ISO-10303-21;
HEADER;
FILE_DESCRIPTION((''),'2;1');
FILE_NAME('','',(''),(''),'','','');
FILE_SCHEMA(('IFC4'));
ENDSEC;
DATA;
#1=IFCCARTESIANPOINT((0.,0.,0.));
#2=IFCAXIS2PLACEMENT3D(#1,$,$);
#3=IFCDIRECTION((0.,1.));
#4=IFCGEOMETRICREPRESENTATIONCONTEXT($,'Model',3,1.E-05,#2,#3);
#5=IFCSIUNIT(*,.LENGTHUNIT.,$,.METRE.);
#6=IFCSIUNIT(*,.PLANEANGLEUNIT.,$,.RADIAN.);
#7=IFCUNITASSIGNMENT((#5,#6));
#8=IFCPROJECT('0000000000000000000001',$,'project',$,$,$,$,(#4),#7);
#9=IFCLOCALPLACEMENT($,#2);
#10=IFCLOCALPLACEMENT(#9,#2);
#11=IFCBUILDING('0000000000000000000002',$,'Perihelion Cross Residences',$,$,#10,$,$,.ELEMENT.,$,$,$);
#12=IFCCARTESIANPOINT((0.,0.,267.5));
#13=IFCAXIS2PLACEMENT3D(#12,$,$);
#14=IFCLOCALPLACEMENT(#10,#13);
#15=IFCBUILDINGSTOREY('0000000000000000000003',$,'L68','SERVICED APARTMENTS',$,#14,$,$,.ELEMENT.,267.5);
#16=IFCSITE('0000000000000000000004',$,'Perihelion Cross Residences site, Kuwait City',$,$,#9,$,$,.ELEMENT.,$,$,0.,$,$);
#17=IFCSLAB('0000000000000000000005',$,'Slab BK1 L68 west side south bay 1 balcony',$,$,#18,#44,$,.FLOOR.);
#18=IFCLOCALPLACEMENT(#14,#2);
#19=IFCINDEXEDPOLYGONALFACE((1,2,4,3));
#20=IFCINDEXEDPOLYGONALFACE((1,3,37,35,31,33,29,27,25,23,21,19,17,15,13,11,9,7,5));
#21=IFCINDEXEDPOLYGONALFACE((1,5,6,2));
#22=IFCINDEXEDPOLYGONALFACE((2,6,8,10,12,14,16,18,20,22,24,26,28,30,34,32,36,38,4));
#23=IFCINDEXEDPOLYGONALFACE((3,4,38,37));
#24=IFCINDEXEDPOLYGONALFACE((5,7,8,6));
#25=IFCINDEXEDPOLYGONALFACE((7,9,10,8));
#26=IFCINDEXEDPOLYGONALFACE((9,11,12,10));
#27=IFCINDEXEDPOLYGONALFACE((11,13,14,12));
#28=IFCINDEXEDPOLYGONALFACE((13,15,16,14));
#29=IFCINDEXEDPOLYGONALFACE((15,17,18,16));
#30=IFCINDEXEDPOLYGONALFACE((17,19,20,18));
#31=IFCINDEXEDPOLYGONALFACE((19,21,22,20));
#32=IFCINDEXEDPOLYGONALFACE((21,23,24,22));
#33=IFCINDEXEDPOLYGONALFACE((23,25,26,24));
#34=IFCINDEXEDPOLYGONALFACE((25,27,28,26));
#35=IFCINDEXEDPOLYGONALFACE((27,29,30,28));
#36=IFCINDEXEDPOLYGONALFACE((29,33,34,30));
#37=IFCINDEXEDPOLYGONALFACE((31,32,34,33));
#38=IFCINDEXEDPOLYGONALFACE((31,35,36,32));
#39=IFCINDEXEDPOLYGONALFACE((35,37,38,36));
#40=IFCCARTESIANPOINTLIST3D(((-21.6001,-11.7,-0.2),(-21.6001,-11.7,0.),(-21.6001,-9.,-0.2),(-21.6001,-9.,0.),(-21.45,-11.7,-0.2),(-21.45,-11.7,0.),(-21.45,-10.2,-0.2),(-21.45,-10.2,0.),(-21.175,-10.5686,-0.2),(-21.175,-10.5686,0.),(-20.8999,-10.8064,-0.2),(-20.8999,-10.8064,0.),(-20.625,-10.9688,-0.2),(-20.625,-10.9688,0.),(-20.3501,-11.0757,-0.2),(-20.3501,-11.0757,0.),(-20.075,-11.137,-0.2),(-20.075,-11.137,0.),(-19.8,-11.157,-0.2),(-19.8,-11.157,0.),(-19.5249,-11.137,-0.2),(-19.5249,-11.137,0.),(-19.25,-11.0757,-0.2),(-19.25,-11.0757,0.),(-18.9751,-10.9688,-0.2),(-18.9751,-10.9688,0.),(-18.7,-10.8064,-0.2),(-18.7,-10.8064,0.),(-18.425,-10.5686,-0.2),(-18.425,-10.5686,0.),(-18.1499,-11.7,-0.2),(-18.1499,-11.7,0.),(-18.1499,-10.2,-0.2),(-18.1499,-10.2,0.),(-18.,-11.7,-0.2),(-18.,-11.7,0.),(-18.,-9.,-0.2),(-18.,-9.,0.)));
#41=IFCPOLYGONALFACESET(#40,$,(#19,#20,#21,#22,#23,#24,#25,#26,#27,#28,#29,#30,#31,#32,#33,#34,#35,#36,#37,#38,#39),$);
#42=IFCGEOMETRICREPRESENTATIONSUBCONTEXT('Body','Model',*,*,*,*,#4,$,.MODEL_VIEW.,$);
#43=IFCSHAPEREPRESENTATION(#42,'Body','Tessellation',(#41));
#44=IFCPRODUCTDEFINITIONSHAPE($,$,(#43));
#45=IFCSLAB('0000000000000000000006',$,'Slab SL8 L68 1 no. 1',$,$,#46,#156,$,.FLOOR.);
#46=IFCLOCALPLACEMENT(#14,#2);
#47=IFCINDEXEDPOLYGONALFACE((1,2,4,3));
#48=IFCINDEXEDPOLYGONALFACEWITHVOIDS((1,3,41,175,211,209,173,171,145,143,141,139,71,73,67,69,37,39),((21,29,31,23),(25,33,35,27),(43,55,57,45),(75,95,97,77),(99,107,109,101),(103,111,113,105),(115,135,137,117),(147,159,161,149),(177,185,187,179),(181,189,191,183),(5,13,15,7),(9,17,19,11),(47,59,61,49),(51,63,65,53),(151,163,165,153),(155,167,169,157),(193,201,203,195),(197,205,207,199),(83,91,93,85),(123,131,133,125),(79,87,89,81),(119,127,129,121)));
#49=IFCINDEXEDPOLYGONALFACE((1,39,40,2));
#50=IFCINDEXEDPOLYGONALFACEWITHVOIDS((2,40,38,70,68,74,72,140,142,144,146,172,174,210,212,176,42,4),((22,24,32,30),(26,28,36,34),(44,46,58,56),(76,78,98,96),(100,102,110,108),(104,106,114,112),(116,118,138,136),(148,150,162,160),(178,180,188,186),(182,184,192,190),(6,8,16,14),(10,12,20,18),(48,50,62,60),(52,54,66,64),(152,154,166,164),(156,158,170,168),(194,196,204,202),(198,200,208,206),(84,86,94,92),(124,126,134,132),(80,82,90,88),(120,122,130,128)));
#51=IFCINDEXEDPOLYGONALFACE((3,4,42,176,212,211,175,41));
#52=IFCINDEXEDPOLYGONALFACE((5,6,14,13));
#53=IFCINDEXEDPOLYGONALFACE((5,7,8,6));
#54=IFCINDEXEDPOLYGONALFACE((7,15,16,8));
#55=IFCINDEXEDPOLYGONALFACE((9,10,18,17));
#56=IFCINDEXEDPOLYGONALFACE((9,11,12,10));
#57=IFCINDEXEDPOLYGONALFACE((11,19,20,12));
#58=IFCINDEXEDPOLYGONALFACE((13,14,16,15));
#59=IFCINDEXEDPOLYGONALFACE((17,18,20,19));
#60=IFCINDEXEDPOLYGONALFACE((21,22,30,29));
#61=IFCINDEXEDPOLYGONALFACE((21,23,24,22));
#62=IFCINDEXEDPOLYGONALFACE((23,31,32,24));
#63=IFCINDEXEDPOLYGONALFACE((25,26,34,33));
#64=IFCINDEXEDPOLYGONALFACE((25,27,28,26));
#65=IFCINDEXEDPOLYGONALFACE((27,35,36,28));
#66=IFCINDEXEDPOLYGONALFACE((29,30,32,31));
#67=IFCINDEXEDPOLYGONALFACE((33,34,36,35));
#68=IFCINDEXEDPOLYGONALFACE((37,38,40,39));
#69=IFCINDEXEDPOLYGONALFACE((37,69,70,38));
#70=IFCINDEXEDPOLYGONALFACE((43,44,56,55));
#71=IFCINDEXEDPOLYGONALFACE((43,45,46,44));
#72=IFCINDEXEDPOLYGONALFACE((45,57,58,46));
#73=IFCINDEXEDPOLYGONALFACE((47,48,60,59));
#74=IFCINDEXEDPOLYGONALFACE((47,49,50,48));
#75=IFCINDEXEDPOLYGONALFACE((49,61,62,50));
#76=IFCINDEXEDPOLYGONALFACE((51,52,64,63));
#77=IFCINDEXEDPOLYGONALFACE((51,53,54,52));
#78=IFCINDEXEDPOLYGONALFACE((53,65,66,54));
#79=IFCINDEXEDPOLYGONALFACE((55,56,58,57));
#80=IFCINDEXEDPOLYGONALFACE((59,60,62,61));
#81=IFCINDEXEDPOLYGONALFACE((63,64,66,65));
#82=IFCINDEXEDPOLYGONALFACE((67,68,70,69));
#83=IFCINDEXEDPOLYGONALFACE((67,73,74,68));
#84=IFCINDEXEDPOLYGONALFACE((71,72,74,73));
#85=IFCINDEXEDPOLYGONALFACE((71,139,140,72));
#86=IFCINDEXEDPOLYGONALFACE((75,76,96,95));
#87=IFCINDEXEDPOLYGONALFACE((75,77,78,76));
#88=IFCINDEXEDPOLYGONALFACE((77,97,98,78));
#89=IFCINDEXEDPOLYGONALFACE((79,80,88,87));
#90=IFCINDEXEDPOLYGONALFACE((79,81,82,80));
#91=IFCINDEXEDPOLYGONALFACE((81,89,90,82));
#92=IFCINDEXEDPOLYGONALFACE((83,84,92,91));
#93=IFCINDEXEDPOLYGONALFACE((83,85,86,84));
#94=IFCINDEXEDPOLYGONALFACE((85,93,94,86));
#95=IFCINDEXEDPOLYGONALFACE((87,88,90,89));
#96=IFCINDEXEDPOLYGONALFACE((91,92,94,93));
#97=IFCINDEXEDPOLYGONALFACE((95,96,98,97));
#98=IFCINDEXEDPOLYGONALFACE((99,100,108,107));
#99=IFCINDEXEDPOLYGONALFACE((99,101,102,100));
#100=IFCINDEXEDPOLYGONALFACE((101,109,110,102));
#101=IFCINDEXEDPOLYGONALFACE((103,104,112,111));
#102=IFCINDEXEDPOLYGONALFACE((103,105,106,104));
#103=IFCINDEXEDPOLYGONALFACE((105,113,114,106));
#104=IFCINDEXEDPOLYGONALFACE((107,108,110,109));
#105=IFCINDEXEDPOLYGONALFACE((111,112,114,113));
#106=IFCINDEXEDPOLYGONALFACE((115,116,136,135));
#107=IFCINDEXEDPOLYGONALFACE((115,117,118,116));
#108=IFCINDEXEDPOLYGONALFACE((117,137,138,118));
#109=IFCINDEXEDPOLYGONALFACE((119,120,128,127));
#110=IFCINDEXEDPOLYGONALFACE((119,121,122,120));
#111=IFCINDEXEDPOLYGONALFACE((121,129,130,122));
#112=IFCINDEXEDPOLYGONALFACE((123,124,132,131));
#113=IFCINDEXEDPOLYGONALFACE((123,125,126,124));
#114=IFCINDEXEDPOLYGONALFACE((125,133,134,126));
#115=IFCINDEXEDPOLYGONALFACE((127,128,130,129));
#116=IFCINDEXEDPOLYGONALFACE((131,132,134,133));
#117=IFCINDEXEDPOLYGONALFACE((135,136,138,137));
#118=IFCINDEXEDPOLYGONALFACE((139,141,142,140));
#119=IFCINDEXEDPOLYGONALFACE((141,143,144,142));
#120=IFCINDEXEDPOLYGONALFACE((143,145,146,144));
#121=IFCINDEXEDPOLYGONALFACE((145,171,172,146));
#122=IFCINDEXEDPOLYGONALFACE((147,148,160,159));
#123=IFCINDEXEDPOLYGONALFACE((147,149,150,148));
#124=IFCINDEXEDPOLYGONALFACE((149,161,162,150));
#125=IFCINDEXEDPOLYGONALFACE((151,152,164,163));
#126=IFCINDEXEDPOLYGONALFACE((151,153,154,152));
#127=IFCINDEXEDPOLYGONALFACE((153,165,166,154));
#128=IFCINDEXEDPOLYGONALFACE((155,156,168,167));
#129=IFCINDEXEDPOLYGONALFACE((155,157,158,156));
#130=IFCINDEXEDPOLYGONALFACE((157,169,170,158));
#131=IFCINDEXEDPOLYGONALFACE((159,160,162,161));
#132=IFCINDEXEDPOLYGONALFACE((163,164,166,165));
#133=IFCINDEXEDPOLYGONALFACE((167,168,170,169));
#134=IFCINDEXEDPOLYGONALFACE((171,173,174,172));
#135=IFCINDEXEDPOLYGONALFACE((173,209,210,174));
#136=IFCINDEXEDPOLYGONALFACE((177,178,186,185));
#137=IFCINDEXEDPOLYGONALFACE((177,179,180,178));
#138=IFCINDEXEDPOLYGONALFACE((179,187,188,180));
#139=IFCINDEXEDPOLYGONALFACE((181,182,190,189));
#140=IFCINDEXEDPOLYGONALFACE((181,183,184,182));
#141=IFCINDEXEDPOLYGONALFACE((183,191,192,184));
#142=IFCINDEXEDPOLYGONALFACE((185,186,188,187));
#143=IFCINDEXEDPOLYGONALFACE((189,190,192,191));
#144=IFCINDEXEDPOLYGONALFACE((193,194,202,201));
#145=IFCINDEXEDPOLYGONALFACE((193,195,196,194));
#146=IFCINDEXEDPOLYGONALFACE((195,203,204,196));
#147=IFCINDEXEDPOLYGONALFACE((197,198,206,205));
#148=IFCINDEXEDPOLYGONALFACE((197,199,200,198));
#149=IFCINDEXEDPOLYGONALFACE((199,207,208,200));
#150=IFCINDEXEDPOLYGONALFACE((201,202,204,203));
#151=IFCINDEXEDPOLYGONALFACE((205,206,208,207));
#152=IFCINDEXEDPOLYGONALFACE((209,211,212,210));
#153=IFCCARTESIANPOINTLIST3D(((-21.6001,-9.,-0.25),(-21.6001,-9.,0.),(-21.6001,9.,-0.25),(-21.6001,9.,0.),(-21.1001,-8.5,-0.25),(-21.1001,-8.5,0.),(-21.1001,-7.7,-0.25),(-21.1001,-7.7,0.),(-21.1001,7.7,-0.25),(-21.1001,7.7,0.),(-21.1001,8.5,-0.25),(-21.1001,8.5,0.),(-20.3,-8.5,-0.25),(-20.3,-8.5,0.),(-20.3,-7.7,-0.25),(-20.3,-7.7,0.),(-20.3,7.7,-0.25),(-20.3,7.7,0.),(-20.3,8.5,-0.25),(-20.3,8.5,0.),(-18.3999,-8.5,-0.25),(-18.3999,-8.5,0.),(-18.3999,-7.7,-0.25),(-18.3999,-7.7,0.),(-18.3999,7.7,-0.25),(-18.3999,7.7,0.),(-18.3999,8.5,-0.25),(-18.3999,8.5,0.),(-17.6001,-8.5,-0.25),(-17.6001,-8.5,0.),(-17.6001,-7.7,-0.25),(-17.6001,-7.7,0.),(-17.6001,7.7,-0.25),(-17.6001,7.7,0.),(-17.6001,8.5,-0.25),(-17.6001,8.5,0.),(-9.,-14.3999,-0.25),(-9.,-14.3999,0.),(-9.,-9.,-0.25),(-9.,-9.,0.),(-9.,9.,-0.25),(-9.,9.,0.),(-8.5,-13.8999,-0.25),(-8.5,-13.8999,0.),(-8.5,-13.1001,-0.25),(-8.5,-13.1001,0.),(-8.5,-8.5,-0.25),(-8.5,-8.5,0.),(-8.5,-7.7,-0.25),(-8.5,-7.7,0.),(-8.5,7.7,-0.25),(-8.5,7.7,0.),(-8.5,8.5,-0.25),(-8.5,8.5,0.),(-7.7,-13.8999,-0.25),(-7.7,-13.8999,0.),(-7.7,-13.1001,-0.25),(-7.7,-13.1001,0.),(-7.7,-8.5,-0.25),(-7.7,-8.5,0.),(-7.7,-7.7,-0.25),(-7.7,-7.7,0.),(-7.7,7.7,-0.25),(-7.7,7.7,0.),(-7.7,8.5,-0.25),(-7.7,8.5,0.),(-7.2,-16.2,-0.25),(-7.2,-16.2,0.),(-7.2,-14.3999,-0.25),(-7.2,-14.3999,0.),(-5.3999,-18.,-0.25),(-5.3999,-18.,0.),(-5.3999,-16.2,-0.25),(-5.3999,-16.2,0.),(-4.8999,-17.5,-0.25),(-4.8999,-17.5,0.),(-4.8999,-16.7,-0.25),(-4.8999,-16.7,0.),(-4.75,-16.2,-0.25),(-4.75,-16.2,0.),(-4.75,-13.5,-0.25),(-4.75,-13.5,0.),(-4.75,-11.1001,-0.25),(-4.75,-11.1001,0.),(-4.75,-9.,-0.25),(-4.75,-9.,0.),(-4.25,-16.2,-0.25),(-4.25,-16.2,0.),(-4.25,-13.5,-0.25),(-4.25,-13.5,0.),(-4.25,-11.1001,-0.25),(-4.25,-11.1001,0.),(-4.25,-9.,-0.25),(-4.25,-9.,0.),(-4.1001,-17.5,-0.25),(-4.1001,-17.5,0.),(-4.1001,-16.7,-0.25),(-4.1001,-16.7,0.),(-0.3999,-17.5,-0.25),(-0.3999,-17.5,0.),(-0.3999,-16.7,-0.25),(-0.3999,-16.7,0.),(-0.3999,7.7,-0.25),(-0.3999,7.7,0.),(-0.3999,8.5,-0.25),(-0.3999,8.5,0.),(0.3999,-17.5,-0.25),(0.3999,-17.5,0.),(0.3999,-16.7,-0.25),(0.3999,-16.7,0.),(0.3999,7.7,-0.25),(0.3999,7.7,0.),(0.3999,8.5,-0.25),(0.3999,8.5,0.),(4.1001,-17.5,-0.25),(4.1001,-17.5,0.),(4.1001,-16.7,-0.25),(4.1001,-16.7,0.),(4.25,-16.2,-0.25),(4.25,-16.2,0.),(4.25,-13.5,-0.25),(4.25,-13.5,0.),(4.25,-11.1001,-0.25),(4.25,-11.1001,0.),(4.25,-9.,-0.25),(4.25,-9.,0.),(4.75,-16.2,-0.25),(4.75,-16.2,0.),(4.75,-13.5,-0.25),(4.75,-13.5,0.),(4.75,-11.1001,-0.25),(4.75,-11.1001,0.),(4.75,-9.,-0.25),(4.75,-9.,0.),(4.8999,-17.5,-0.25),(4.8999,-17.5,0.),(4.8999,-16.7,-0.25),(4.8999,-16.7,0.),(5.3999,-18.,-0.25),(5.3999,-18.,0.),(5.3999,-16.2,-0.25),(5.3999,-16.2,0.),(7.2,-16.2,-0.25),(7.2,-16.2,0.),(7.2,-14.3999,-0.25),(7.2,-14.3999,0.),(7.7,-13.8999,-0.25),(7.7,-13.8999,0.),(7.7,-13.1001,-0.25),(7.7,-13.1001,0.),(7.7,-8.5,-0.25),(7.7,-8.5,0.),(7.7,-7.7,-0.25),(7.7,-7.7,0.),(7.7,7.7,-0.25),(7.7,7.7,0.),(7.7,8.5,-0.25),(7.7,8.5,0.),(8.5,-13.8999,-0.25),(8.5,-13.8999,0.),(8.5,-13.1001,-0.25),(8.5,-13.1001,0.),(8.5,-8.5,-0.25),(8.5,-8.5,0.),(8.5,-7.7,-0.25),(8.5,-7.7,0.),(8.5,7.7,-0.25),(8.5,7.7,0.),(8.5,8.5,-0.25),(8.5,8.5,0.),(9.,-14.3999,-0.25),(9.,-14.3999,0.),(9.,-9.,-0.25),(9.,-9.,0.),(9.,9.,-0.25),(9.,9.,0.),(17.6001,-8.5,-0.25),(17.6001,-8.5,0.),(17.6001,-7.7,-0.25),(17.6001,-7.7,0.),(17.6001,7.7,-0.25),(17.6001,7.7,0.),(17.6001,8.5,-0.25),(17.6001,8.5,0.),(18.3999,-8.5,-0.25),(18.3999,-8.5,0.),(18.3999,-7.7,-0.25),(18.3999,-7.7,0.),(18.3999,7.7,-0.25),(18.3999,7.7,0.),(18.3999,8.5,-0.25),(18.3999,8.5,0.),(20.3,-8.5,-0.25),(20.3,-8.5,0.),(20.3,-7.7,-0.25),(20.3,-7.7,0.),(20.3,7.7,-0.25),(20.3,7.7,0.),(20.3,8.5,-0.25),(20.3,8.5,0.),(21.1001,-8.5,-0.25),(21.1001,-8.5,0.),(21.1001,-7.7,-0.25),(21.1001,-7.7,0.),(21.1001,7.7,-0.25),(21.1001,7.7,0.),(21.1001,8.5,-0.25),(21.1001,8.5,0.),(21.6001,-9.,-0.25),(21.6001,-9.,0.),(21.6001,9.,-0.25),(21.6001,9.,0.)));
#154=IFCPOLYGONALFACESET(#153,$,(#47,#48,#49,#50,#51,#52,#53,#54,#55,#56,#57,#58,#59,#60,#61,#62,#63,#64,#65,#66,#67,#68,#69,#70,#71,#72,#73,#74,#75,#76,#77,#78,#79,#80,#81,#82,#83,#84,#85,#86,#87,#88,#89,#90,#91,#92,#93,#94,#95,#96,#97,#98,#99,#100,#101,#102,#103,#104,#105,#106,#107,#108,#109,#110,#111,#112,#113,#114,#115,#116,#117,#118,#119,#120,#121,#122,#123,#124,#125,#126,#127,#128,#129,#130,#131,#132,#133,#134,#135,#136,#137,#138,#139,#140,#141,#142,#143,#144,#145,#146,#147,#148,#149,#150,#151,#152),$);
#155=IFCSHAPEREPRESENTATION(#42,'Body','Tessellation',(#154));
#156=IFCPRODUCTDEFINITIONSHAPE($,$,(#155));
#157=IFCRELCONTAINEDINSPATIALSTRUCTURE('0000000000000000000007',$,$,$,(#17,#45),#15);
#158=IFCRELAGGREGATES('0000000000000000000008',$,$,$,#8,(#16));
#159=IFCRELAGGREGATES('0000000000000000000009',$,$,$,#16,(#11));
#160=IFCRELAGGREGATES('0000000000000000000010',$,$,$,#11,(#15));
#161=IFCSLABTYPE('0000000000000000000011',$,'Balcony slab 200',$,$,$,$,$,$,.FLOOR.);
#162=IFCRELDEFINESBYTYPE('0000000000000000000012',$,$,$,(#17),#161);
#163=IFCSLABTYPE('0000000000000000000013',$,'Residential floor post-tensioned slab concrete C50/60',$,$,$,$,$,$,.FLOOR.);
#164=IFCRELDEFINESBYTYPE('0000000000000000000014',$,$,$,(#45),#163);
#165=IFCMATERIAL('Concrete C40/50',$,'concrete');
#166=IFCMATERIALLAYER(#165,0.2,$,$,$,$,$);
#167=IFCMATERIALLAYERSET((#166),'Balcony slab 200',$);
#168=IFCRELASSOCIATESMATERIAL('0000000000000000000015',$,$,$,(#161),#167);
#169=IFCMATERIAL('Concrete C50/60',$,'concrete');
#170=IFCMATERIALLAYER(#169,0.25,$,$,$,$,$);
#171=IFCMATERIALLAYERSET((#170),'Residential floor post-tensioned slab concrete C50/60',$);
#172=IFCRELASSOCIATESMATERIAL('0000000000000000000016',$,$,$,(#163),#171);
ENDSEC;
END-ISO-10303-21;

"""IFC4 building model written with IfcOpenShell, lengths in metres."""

from ifc_helpers import new_model, si_unit, direction, frame, origin, place, context, subcontext, project, spatial, polyline, outline, extrude, material, layer, layer_set, type_object, element, save


model = new_model("IFC4")

# Units and contexts
model_context = context("Model", 3, precision=1e-05, world=origin(), true_north=direction((0.0, 1.0)))
body_context = subcontext(model_context, "Body", "Model", "MODEL_VIEW")
ifc_project = project(units=[si_unit("LENGTHUNIT", "METRE"), si_unit("PLANEANGLEUNIT", "RADIAN")], contexts=[model_context])

# Site, building, storey
site_placement = place(None, origin())
site = spatial("IfcSite", under=ifc_project, at=site_placement, Name="Perihelion Cross Residences site, Kuwait City", CompositionType="ELEMENT", RefElevation=0.0)
building_placement = place(site_placement, origin())
building = spatial("IfcBuilding", under=site, at=building_placement, Name="Perihelion Cross Residences", CompositionType="ELEMENT")
storey_placement = place(building_placement, frame((0.0, 0.0, 267.5)))
storey = spatial("IfcBuildingStorey", under=building, at=storey_placement, Name="L68", Description="SERVICED APARTMENTS", CompositionType="ELEMENT", Elevation=267.5)

# Slabs
ifc_material_1 = material(Name="Concrete C40/50", Category="concrete")
ifc_layer_1 = layer(ifc_material_1, 0.2)
ifc_layer_set_1 = layer_set([ifc_layer_1], Name="Balcony slab 200")
slab_type_1 = type_object("IfcSlabType", Name="Balcony slab 200", PredefinedType="FLOOR", material=ifc_layer_set_1)
slab_1_placement = place(storey_placement, frame((0.0, 0.0, -0.2)))
element("IfcSlab", 1, at=slab_1_placement, inside=storey, type_object=slab_type_1, Name="Slab BK1 L68 west side south bay 1 balcony", PredefinedType="FLOOR", context=body_context, shape_type="SweptSolid", body=[
    extrude(outline(polyline([(-21.6001, -9.0), (-18.0, -9.0), (-18.0, -11.7), (-18.1499, -11.7), (-18.1499, -10.2), (-18.425, -10.5686), (-18.7, -10.8064), (-18.9751, -10.9688), (-19.25, -11.0757), (-19.5249, -11.137), (-19.8, -11.157), (-20.075, -11.137), (-20.3501, -11.0757), (-20.625, -10.9688), (-20.8999, -10.8064), (-21.175, -10.5686), (-21.45, -10.2), (-21.45, -11.7), (-21.6001, -11.7), (-21.6001, -9.0)])), origin(), (0.0, 0.0, 1.0), 0.2),
])
ifc_material_2 = material(Name="Concrete C50/60", Category="concrete")
ifc_layer_2 = layer(ifc_material_2, 0.25)
ifc_layer_set_2 = layer_set([ifc_layer_2], Name="Residential floor post-tensioned slab concrete C50/60")
slab_type_2 = type_object("IfcSlabType", Name="Residential floor post-tensioned slab concrete C50/60", PredefinedType="FLOOR", material=ifc_layer_set_2)
slab_2_placement = place(storey_placement, frame((0.0, 0.0, -0.25)))
element("IfcSlab", 2, at=slab_2_placement, inside=storey, type_object=slab_type_2, Name="Slab SL8 L68 1 no. 1", PredefinedType="FLOOR", context=body_context, shape_type="SweptSolid", body=[
    extrude(outline(polyline([(-9.0, 9.0), (9.0, 9.0), (21.6001, 9.0), (21.6001, -9.0), (9.0, -9.0), (9.0, -14.3999), (7.2, -14.3999), (7.2, -16.2), (5.3999, -16.2), (5.3999, -18.0), (-5.3999, -18.0), (-5.3999, -16.2), (-7.2, -16.2), (-7.2, -14.3999), (-9.0, -14.3999), (-9.0, -9.0), (-21.6001, -9.0), (-21.6001, 9.0), (-9.0, 9.0)]), holes=[polyline([(-4.1001, -16.7), (-4.8999, -16.7), (-4.8999, -17.5), (-4.1001, -17.5), (-4.1001, -16.7)]), polyline([(0.3999, -17.5), (0.3999, -16.7), (-0.3999, -16.7), (-0.3999, -17.5), (0.3999, -17.5)]), polyline([(-4.25, -16.2), (-4.25, -13.5), (-4.75, -13.5), (-4.75, -16.2), (-4.25, -16.2)]), polyline([(-7.7, -13.1001), (-8.5, -13.1001), (-8.5, -13.8999), (-7.7, -13.8999), (-7.7, -13.1001)]), polyline([(-4.25, -11.1001), (-4.25, -9.0), (-4.75, -9.0), (-4.75, -11.1001), (-4.25, -11.1001)]), polyline([(-20.3, -8.5), (-20.3, -7.7), (-21.1001, -7.7), (-21.1001, -8.5), (-20.3, -8.5)]), polyline([(-17.6001, -7.7), (-18.3999, -7.7), (-18.3999, -8.5), (-17.6001, -8.5), (-17.6001, -7.7)]), polyline([(-7.7, -8.5), (-7.7, -7.7), (-8.5, -7.7), (-8.5, -8.5), (-7.7, -8.5)]), polyline([(-20.3, 8.5), (-21.1001, 8.5), (-21.1001, 7.7), (-20.3, 7.7), (-20.3, 8.5)]), polyline([(-17.6001, 7.7), (-17.6001, 8.5), (-18.3999, 8.5), (-18.3999, 7.7), (-17.6001, 7.7)]), polyline([(-7.7, 7.7), (-7.7, 8.5), (-8.5, 8.5), (-8.5, 7.7), (-7.7, 7.7)]), polyline([(4.8999, -16.7), (4.1001, -16.7), (4.1001, -17.5), (4.8999, -17.5), (4.8999, -16.7)]), polyline([(4.75, -16.2), (4.75, -13.5), (4.25, -13.5), (4.25, -16.2), (4.75, -16.2)]), polyline([(8.5, -13.8999), (8.5, -13.1001), (7.7, -13.1001), (7.7, -13.8999), (8.5, -13.8999)]), polyline([(4.75, -9.0), (4.25, -9.0), (4.25, -11.1001), (4.75, -11.1001), (4.75, -9.0)]), polyline([(8.5, -8.5), (8.5, -7.7), (7.7, -7.7), (7.7, -8.5), (8.5, -8.5)]), polyline([(18.3999, -8.5), (18.3999, -7.7), (17.6001, -7.7), (17.6001, -8.5), (18.3999, -8.5)]), polyline([(21.1001, -7.7), (20.3, -7.7), (20.3, -8.5), (21.1001, -8.5), (21.1001, -7.7)]), polyline([(0.3999, 7.7), (0.3999, 8.5), (-0.3999, 8.5), (-0.3999, 7.7), (0.3999, 7.7)]), polyline([(8.5, 8.5), (7.7, 8.5), (7.7, 7.7), (8.5, 7.7), (8.5, 8.5)]), polyline([(18.3999, 7.7), (18.3999, 8.5), (17.6001, 8.5), (17.6001, 7.7), (18.3999, 7.7)]), polyline([(21.1001, 7.7), (21.1001, 8.5), (20.3, 8.5), (20.3, 7.7), (21.1001, 7.7)])]), origin(), (0.0, 0.0, 1.0), 0.25),
])

save(model, "model.ifc")
